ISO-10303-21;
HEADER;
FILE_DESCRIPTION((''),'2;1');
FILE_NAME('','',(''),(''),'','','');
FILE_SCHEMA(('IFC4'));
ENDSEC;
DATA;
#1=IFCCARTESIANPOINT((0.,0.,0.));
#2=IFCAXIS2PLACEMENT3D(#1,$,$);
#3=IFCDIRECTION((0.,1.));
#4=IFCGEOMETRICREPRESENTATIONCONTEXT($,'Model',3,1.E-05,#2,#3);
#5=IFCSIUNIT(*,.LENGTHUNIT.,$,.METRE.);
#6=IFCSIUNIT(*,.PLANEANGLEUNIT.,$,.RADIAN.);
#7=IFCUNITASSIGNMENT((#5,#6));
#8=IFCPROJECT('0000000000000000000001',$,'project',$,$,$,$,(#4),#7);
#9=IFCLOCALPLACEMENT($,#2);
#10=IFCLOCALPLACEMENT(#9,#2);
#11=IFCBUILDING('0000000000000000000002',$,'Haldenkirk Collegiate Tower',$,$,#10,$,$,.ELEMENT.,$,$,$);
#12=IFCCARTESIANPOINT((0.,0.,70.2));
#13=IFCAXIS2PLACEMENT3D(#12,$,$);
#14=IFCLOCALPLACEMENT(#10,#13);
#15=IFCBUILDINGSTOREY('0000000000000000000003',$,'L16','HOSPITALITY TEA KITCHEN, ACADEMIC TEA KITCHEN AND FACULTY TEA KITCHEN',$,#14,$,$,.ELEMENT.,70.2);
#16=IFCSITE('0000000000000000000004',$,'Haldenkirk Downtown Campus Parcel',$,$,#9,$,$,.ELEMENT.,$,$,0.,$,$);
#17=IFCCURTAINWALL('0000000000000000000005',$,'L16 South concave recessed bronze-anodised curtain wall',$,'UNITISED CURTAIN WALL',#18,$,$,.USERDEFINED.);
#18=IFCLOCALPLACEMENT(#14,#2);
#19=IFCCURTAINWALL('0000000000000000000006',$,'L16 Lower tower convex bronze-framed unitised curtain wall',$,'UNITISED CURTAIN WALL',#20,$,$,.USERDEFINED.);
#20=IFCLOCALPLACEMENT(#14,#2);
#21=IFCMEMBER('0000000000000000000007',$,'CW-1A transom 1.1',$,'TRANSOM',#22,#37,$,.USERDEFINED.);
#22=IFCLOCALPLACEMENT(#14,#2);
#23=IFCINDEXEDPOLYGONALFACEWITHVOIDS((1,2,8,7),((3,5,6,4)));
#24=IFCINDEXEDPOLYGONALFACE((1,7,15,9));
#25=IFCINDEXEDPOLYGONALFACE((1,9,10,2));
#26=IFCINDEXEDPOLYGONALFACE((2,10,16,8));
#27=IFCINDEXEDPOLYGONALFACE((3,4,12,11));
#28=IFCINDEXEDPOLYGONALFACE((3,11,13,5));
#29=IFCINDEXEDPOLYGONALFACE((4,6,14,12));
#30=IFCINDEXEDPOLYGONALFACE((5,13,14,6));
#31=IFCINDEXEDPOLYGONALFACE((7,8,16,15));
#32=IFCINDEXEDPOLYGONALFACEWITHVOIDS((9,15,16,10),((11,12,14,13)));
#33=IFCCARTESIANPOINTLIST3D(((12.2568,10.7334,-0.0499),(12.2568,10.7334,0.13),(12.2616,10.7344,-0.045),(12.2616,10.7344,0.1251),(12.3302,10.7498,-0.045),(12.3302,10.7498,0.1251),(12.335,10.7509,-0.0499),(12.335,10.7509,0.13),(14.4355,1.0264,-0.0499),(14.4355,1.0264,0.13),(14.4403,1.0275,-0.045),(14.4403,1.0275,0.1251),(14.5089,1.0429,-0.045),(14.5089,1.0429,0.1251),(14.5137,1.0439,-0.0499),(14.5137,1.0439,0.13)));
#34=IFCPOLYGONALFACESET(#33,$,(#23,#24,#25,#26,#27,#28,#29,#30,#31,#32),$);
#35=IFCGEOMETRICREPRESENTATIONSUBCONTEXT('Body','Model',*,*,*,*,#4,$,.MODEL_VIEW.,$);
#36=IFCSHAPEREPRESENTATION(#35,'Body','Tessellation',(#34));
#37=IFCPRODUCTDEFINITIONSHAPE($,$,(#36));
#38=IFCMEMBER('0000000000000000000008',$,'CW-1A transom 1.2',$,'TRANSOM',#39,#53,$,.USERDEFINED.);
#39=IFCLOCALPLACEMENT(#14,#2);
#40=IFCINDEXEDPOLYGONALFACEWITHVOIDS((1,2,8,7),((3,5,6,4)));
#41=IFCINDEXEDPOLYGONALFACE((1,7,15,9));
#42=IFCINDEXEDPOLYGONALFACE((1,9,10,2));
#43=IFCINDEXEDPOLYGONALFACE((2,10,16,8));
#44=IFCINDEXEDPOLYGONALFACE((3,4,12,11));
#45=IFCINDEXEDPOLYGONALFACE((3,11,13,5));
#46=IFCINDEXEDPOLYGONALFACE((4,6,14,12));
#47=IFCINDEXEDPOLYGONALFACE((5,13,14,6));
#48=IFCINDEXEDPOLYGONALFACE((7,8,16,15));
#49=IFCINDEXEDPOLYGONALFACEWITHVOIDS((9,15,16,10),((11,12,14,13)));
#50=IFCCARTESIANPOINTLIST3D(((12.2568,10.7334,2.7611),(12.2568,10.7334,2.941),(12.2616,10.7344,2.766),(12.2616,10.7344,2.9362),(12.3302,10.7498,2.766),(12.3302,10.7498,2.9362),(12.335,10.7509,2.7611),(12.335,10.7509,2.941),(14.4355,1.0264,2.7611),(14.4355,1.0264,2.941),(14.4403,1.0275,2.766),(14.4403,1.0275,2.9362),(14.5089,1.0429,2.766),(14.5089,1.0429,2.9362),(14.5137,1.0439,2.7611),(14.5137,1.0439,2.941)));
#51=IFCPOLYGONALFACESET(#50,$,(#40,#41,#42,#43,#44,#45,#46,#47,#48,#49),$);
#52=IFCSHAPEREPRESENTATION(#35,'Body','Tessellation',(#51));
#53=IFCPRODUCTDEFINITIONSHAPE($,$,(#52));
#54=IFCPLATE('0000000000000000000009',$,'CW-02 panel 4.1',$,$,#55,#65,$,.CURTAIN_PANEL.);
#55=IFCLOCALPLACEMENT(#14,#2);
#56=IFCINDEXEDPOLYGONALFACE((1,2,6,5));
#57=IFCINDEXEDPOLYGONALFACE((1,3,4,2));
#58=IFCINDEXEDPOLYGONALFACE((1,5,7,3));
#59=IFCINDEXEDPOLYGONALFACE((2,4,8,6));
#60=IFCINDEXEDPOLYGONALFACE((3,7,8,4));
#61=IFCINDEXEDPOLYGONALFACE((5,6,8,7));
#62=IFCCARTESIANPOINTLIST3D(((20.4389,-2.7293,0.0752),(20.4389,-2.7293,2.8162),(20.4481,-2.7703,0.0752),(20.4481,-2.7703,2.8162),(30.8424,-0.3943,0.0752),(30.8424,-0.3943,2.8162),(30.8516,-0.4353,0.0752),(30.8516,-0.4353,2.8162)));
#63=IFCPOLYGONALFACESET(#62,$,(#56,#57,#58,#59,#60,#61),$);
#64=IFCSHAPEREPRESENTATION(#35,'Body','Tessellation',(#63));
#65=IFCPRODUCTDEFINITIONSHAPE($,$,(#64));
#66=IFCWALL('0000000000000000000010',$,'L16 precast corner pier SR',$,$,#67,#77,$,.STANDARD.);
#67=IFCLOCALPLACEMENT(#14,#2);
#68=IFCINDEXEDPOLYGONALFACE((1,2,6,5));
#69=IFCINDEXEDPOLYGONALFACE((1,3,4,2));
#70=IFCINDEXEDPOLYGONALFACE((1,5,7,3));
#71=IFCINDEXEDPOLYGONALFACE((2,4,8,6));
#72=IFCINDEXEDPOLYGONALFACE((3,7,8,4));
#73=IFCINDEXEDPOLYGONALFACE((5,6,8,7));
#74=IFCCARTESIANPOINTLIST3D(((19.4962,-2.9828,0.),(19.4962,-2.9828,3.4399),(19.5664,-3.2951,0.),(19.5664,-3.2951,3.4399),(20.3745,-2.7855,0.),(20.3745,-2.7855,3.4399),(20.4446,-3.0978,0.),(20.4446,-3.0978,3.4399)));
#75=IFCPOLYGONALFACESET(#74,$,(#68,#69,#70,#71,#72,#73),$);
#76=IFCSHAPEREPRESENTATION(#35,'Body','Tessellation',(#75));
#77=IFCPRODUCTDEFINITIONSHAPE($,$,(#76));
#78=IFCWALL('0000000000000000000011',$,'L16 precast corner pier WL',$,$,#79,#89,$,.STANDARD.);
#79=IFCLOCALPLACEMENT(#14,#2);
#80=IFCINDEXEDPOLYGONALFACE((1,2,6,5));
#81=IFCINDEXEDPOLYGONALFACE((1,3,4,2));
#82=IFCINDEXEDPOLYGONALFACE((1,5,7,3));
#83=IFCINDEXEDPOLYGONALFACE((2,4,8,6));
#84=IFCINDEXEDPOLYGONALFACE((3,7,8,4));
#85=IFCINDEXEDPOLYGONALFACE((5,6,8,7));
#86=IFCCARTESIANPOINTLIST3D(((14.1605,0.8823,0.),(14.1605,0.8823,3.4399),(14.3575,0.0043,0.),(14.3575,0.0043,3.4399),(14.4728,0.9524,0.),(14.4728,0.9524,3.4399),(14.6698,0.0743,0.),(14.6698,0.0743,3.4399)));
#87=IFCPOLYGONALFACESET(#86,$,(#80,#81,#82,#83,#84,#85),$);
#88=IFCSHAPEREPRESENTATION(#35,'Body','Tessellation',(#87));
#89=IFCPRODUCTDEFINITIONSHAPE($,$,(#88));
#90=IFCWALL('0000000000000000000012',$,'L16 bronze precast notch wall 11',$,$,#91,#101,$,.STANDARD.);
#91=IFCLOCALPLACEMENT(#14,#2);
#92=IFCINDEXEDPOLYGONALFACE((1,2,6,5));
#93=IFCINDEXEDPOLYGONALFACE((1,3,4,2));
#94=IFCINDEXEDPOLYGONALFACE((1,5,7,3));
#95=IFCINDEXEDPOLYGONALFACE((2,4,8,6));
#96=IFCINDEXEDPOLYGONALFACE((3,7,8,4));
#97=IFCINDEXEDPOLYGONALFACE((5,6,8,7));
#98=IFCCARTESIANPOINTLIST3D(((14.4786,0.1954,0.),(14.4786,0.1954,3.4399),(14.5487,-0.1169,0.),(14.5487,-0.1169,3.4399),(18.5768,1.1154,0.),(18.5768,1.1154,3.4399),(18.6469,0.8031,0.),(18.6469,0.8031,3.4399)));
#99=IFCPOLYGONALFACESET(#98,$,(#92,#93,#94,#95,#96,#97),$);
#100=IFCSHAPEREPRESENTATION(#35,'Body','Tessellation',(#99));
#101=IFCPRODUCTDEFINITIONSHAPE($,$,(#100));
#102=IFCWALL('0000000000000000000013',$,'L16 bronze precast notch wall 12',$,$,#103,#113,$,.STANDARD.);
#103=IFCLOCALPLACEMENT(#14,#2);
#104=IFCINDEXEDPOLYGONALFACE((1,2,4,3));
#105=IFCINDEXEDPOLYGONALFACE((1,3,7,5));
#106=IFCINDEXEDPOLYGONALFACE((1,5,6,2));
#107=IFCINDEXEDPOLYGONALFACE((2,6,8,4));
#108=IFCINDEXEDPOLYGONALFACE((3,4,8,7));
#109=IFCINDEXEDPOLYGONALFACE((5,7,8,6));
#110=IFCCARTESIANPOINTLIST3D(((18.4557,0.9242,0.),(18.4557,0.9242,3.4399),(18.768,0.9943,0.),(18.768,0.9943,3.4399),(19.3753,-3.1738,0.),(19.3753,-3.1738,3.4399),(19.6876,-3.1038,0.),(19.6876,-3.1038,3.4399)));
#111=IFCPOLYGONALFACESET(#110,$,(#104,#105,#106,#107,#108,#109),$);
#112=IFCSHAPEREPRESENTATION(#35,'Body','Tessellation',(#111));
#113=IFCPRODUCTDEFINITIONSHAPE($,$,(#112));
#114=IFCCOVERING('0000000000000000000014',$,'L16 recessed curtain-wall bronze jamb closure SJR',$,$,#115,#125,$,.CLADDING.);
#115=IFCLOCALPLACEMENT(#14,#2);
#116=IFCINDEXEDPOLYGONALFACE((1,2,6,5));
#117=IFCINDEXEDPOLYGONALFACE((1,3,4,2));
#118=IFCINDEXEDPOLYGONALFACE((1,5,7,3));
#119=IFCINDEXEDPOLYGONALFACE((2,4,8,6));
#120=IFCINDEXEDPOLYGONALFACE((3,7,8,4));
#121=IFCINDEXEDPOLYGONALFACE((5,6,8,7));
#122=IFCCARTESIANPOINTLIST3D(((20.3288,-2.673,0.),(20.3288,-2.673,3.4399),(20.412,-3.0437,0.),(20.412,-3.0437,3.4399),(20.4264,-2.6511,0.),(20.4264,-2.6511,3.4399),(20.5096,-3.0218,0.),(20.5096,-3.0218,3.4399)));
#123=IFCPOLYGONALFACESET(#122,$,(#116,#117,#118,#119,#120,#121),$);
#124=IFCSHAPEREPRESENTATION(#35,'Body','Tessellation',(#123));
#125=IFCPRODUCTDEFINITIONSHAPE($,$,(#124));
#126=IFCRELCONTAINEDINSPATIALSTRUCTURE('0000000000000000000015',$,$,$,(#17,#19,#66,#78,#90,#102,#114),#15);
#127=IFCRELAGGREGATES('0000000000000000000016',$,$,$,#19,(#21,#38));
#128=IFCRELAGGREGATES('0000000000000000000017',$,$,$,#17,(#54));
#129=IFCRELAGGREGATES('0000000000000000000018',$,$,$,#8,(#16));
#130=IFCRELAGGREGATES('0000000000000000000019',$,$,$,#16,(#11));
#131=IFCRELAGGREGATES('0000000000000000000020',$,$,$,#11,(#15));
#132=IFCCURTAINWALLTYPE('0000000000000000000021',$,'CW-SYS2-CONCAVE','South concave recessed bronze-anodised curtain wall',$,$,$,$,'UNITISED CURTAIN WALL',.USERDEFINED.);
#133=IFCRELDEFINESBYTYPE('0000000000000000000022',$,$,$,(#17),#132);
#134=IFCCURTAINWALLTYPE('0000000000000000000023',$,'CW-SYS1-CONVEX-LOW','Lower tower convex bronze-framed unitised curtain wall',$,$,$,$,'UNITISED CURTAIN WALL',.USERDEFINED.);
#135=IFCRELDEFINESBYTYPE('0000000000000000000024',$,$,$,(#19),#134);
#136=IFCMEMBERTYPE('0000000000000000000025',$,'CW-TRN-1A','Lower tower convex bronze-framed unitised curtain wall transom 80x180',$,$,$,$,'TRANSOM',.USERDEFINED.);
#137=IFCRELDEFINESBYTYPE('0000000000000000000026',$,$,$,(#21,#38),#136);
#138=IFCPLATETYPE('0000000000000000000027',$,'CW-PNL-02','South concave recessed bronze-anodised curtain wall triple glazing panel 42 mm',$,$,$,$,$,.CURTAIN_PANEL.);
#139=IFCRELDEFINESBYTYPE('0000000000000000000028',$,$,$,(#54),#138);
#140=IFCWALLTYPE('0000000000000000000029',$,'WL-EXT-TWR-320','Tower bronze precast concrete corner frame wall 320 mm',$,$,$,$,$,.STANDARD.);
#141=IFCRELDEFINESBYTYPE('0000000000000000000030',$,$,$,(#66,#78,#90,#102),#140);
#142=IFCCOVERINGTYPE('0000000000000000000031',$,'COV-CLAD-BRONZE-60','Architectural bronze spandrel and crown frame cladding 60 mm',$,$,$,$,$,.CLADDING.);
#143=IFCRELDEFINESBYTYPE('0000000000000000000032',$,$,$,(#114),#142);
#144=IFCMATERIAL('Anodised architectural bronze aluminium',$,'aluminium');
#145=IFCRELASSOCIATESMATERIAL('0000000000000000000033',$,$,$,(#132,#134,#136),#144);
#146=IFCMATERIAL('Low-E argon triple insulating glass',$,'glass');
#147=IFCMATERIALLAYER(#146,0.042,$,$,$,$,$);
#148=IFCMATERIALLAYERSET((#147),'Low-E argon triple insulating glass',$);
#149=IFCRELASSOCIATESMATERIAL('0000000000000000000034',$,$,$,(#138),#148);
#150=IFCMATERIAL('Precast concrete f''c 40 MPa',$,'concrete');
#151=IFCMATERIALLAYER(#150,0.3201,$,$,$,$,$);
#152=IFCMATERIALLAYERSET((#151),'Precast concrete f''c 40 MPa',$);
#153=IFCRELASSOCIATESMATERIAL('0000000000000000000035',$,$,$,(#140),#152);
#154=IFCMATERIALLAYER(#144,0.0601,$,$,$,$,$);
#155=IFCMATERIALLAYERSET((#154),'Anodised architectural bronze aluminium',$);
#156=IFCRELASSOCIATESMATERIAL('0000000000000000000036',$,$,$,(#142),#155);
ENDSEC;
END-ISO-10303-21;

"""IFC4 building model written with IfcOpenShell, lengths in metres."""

from ifc_helpers import new_model, si_unit, direction, frame, frame_2d, origin, origin_2d, place, context, subcontext, project, spatial, rectangle, hollow_rectangle, extrude, source, transform, mapped, material, layer, layer_set, material_profile, profile_set, type_object, element, aggregate, save


model = new_model("IFC4")

# Units and contexts
model_context = context("Model", 3, precision=1e-05, world=origin(), true_north=direction((0.0, 1.0)))
body_context = subcontext(model_context, "Body", "Model", "MODEL_VIEW")
ifc_project = project(units=[si_unit("LENGTHUNIT", "METRE"), si_unit("PLANEANGLEUNIT", "RADIAN")], contexts=[model_context])

# Site, building, storey
site_placement = place(None, origin())
site = spatial("IfcSite", under=ifc_project, at=site_placement, Name="Haldenkirk Downtown Campus Parcel", CompositionType="ELEMENT", RefElevation=0.0)
building_placement = place(site_placement, origin())
building = spatial("IfcBuilding", under=site, at=building_placement, Name="Haldenkirk Collegiate Tower", CompositionType="ELEMENT")
storey_placement = place(building_placement, frame((0.0, 0.0, 70.2)))
storey = spatial("IfcBuildingStorey", under=building, at=storey_placement, Name="L16", Description="HOSPITALITY TEA KITCHEN, ACADEMIC TEA KITCHEN AND FACULTY TEA KITCHEN", CompositionType="ELEMENT", Elevation=70.2)

# Curtain wall
ifc_material_1 = material(Name="Anodised architectural bronze aluminium", Category="aluminium")
curtain_wall_type_1 = type_object("IfcCurtainWallType", Name="CW-SYS2-CONCAVE", Description="South concave recessed bronze-anodised curtain wall", ElementType="UNITISED CURTAIN WALL", PredefinedType="USERDEFINED", material=ifc_material_1)
curtain_wall_1_placement = place(storey_placement, origin())
curtain_wall_1 = element("IfcCurtainWall", 1, at=curtain_wall_1_placement, inside=storey, type_object=curtain_wall_type_1, Name="L16 South concave recessed bronze-anodised curtain wall", ObjectType="UNITISED CURTAIN WALL", PredefinedType="USERDEFINED")

# Curtain wall
curtain_wall_type_2 = type_object("IfcCurtainWallType", Name="CW-SYS1-CONVEX-LOW", Description="Lower tower convex bronze-framed unitised curtain wall", ElementType="UNITISED CURTAIN WALL", PredefinedType="USERDEFINED", material=ifc_material_1)
curtain_wall_2_placement = place(storey_placement, origin())
curtain_wall_2 = element("IfcCurtainWall", 2, at=curtain_wall_2_placement, inside=storey, type_object=curtain_wall_type_2, Name="L16 Lower tower convex bronze-framed unitised curtain wall", ObjectType="UNITISED CURTAIN WALL", PredefinedType="USERDEFINED")

# Members
ifc_material_profile_1 = material_profile(ifc_material_1, hollow_rectangle(XDim=0.0801, YDim=0.1799, WallThickness=0.0049, at=origin_2d()), Name="CW-TRN-1A")
ifc_profile_set_1 = profile_set([ifc_material_profile_1], Name="Anodised architectural bronze aluminium")
member_type_1 = type_object("IfcMemberType", Name="CW-TRN-1A", Description="Lower tower convex bronze-framed unitised curtain wall transom 80x180", ElementType="TRANSOM", PredefinedType="USERDEFINED", material=ifc_profile_set_1)
member_1_placement = place(storey_placement, frame((14.4746, 1.0352, 0.04), z_axis=(-0.218998, 0.975725, 0.0), x_axis=(-0.975725, -0.218998, 0.0)))
member_1 = element("IfcMember", 3, at=member_1_placement, type_object=member_type_1, Name="CW-1A transom 1.1", ObjectType="TRANSOM", PredefinedType="USERDEFINED", context=body_context, shape_type="SweptSolid", body=[
    extrude(hollow_rectangle(XDim=0.0801, YDim=0.1799, WallThickness=0.0049, at=origin_2d()), origin(), (0.0, 0.0, 1.0), 9.9485),
])
member_2_placement = place(storey_placement, frame((14.4746, 1.0352, 2.8511), z_axis=(-0.218998, 0.975725, 0.0), x_axis=(-0.975725, -0.218998, 0.0)))
member_2 = element("IfcMember", 4, at=member_2_placement, type_object=member_type_1, Name="CW-1A transom 1.2", ObjectType="TRANSOM", PredefinedType="USERDEFINED", context=body_context, shape_type="SweptSolid", body=[
    extrude(hollow_rectangle(XDim=0.0801, YDim=0.1799, WallThickness=0.0049, at=origin_2d()), origin(), (0.0, 0.0, 1.0), 9.9485),
])
aggregate(curtain_wall_2, [member_1, member_2])

# Plate
ifc_material_2 = material(Name="Low-E argon triple insulating glass", Category="glass")
ifc_layer_1 = layer(ifc_material_2, 0.042)
ifc_layer_set_1 = layer_set([ifc_layer_1], Name="Low-E argon triple insulating glass")
plate_type = type_object("IfcPlateType", Name="CW-PNL-02", Description="South concave recessed bronze-anodised curtain wall triple glazing panel 42 mm", PredefinedType="CURTAIN_PANEL", material=ifc_layer_set_1)
shared_shape_1 = source(origin(), body_context, "Body", "SweptSolid", [
    extrude(rectangle(XDim=10.6624, YDim=0.042, at=origin_2d()), origin(), (0.0, 0.0, 1.0), 2.741),
])
plate_placement = place(storey_placement, frame((25.6453, -1.5823, 0.0752), z_axis=(0.0, 0.0, 1.0), x_axis=(-0.975726, -0.218994, 0.0)))
plate = element("IfcPlate", 5, at=plate_placement, type_object=plate_type, Name="CW-02 panel 4.1", PredefinedType="CURTAIN_PANEL", context=body_context, shape_type="MappedRepresentation", body=[
    mapped(shared_shape_1, transform((0.0, 0.0, 0.0), x_axis=(1.0, 0.0, 0.0), y_axis=(0.0, 1.0, 0.0), z_axis=(0.0, 0.0, 1.0), scale=1.0)),
])
aggregate(curtain_wall_1, [plate])

# Walls
ifc_material_3 = material(Name="Precast concrete f'c 40 MPa", Category="concrete")
ifc_layer_2 = layer(ifc_material_3, 0.3201)
ifc_layer_set_2 = layer_set([ifc_layer_2], Name="Precast concrete f'c 40 MPa")
wall_type = type_object("IfcWallType", Name="WL-EXT-TWR-320", Description="Tower bronze precast concrete corner frame wall 320 mm", PredefinedType="STANDARD", material=ifc_layer_set_2)
wall_1_placement = place(storey_placement, frame((20.4097, -2.9417, 0.0), z_axis=(0.0, 0.0, 1.0), x_axis=(-0.975687, -0.21917, 0.0)))
element("IfcWall", 6, at=wall_1_placement, inside=storey, type_object=wall_type, Name="L16 precast corner pier SR", PredefinedType="STANDARD", context=body_context, shape_type="SweptSolid", body=[
    extrude(rectangle(XDim=0.9001, YDim=0.3201, at=frame_2d((0.4502, 0.0))), origin(), (0.0, 0.0, 1.0), 3.4399),
])
wall_2_placement = place(storey_placement, frame((14.5137, 0.0393, 0.0), z_axis=(0.0, 0.0, 1.0), x_axis=(-0.218912, 0.975745, 0.0)))
element("IfcWall", 7, at=wall_2_placement, inside=storey, type_object=wall_type, Name="L16 precast corner pier WL", PredefinedType="STANDARD", context=body_context, shape_type="SweptSolid", body=[
    extrude(rectangle(XDim=0.8999, YDim=0.3201, at=frame_2d((0.45, 0.0))), origin(), (0.0, 0.0, 1.0), 3.4399),
])
wall_3_placement = place(storey_placement, frame((18.6118, 0.9592, 0.0), z_axis=(0.0, 0.0, 1.0), x_axis=(-0.97572, -0.219023, 0.0)))
element("IfcWall", 8, at=wall_3_placement, inside=storey, type_object=wall_type, Name="L16 bronze precast notch wall 11", PredefinedType="STANDARD", context=body_context, shape_type="SweptSolid", body=[
    extrude(rectangle(XDim=4.2002, YDim=0.3201, at=frame_2d((2.1001, 0.0))), origin(), (0.0, 0.0, 1.0), 3.4399),
])
wall_4_placement = place(storey_placement, frame((19.5315, -3.1389, 0.0), z_axis=(0.0, 0.0, 1.0), x_axis=(-0.218967, 0.975732, 0.0)))
element("IfcWall", 9, at=wall_4_placement, inside=storey, type_object=wall_type, Name="L16 bronze precast notch wall 12", PredefinedType="STANDARD", context=body_context, shape_type="SweptSolid", body=[
    extrude(rectangle(XDim=4.2, YDim=0.3201, at=frame_2d((2.1001, 0.0))), origin(), (0.0, 0.0, 1.0), 3.4399),
])

# Covering
ifc_layer_3 = layer(ifc_material_1, 0.0601)
ifc_layer_set_3 = layer_set([ifc_layer_3], Name="Anodised architectural bronze aluminium")
covering_type = type_object("IfcCoveringType", Name="COV-CLAD-BRONZE-60", Description="Architectural bronze spandrel and crown frame cladding 60 mm", PredefinedType="CLADDING", material=ifc_layer_set_3)
shared_shape_2 = source(origin(), body_context, "Body", "SweptSolid", [
    extrude(rectangle(XDim=0.1001, YDim=0.3799, at=origin_2d()), origin(), (0.0, 0.0, 1.0), 3.4399),
])
covering_placement = place(storey_placement, frame((20.4192, -2.8474, 0.0), z_axis=(0.0, 0.0, 1.0), x_axis=(-0.975726, -0.218995, 0.0)))
element("IfcCovering", 10, at=covering_placement, inside=storey, type_object=covering_type, Name="L16 recessed curtain-wall bronze jamb closure SJR", PredefinedType="CLADDING", context=body_context, shape_type="MappedRepresentation", body=[
    mapped(shared_shape_2, transform((0.0, 0.0, 0.0), x_axis=(1.0, 0.0, 0.0), y_axis=(0.0, 1.0, 0.0), z_axis=(0.0, 0.0, 1.0), scale=1.0)),
])

save(model, "model.ifc")
